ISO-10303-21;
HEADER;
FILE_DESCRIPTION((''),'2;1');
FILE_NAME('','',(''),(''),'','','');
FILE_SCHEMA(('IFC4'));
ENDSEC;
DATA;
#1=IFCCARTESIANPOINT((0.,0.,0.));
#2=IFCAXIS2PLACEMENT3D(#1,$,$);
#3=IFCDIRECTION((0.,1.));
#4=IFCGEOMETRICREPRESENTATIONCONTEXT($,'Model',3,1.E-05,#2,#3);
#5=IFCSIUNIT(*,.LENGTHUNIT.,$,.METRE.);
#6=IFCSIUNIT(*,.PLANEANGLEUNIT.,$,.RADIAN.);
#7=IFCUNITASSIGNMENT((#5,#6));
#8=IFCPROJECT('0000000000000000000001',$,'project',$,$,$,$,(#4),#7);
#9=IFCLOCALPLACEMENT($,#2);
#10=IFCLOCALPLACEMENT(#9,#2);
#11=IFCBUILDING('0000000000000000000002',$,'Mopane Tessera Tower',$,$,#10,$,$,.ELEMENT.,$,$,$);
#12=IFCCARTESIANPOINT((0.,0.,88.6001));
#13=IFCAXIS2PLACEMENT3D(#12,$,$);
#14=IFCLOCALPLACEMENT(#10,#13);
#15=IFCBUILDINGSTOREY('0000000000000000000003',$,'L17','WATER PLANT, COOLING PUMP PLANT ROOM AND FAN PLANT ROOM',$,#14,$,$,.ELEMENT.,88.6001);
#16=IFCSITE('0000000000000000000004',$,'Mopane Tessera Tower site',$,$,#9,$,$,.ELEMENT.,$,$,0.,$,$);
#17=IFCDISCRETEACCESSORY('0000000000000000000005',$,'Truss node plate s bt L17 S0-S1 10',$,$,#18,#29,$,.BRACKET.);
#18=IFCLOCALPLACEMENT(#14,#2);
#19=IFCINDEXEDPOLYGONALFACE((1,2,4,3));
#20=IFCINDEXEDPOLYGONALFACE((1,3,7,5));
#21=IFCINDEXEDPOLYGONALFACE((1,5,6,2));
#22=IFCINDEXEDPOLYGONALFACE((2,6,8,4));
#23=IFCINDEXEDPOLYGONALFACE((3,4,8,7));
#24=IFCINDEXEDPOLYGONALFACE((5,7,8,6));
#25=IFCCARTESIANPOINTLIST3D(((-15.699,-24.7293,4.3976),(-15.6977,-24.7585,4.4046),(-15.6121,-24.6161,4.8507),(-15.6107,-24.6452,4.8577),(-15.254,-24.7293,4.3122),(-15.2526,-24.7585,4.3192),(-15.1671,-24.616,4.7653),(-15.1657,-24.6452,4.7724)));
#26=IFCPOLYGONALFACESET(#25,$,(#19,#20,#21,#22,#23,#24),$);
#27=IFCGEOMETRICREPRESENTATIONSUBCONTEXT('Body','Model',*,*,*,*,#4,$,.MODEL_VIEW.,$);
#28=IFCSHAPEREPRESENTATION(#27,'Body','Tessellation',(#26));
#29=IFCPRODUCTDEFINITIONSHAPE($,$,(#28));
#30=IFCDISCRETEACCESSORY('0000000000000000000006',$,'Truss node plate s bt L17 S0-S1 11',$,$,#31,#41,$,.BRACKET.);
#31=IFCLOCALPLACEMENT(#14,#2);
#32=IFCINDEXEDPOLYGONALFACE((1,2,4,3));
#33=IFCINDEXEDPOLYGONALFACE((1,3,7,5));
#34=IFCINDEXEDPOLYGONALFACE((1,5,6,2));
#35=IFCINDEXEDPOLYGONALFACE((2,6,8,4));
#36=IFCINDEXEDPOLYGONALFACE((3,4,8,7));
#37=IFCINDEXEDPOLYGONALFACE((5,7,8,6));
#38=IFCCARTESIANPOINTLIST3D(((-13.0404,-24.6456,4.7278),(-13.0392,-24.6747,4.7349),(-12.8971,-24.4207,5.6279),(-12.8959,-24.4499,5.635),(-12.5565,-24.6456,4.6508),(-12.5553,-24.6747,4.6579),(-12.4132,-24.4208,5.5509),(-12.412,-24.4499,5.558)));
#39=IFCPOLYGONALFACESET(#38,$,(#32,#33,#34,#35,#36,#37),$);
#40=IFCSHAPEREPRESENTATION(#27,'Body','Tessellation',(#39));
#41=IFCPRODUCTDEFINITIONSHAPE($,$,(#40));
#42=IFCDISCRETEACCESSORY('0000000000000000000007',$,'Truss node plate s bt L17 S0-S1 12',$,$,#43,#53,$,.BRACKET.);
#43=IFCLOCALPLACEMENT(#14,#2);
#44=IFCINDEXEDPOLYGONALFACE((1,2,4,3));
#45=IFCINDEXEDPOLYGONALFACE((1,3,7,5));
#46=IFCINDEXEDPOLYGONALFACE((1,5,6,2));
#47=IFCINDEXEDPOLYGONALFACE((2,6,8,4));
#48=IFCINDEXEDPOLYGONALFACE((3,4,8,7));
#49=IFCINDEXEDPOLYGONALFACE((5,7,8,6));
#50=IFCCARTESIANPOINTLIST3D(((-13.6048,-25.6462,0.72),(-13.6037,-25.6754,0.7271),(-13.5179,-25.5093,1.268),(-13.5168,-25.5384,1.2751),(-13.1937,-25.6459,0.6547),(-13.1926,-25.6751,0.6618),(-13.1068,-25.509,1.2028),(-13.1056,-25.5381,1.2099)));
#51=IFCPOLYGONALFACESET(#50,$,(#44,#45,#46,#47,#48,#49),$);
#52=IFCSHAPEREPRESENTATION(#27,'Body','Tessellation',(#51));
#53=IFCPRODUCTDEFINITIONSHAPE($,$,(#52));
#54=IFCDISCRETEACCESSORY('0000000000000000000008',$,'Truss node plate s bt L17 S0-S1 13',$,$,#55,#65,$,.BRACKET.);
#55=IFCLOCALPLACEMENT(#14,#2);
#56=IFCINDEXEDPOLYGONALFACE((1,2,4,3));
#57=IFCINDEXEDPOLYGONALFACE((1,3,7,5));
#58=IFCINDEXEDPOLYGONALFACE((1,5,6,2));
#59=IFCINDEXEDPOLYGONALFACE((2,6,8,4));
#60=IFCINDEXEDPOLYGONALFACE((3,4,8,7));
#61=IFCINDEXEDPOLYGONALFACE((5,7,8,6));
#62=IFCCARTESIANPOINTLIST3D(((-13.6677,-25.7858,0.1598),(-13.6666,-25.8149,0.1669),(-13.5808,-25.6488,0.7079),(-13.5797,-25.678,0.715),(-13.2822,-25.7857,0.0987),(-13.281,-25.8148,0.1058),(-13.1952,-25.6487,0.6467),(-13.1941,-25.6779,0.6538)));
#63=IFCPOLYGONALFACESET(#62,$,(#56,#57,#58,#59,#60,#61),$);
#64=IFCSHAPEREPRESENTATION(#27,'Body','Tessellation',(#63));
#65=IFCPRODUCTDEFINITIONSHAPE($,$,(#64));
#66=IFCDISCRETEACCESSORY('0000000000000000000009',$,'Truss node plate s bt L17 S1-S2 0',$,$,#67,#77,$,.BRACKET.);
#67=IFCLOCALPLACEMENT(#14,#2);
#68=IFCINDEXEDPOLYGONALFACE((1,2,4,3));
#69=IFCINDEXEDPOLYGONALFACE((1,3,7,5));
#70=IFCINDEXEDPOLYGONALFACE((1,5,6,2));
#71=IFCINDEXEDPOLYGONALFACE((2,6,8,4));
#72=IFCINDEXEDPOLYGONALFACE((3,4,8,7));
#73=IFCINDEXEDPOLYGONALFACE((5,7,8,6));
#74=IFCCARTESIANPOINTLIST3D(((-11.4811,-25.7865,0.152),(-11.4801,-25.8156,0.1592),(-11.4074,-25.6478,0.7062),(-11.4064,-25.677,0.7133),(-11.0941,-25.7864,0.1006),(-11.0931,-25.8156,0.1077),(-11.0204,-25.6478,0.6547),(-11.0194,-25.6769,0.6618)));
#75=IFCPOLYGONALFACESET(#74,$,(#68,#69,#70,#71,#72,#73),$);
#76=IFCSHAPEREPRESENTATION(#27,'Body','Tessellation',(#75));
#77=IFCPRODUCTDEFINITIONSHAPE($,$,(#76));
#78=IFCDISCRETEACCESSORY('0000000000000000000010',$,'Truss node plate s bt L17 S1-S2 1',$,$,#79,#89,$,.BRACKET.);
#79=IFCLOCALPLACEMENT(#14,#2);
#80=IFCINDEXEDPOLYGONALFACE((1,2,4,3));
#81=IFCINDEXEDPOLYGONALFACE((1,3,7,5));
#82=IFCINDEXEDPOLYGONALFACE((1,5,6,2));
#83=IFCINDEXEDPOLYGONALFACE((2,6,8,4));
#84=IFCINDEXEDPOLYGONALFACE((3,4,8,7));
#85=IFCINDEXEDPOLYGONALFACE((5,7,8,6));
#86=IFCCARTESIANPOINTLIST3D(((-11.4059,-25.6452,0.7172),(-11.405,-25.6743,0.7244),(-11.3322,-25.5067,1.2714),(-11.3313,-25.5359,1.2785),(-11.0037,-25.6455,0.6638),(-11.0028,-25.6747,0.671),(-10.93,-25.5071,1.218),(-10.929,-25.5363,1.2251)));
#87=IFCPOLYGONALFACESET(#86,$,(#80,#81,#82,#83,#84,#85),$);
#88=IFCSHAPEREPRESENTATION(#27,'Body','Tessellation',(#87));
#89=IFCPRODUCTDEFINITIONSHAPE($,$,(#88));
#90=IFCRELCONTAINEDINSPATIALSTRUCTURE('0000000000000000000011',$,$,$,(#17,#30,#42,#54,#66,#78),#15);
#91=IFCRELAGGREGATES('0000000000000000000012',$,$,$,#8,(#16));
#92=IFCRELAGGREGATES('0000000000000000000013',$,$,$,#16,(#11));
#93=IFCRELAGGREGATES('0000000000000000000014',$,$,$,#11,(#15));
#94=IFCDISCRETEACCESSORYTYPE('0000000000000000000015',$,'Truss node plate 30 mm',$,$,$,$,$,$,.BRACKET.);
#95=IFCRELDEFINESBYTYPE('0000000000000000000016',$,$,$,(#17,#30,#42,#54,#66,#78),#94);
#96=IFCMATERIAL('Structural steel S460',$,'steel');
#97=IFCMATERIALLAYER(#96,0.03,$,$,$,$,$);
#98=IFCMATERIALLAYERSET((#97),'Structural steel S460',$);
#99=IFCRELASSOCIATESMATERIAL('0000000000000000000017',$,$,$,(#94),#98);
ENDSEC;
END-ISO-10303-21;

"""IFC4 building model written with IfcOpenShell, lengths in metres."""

from ifc_helpers import new_model, si_unit, direction, frame, origin, origin_2d, place, context, subcontext, project, spatial, rectangle, extrude, material, layer, layer_set, type_object, element, save


model = new_model("IFC4")

# Units and contexts
model_context = context("Model", 3, precision=1e-05, world=origin(), true_north=direction((0.0, 1.0)))
body_context = subcontext(model_context, "Body", "Model", "MODEL_VIEW")
ifc_project = project(units=[si_unit("LENGTHUNIT", "METRE"), si_unit("PLANEANGLEUNIT", "RADIAN")], contexts=[model_context])

# Site, building, storey
site_placement = place(None, origin())
site = spatial("IfcSite", under=ifc_project, at=site_placement, Name="Mopane Tessera Tower site", CompositionType="ELEMENT", RefElevation=0.0)
building_placement = place(site_placement, origin())
building = spatial("IfcBuilding", under=site, at=building_placement, Name="Mopane Tessera Tower", CompositionType="ELEMENT")
storey_placement = place(building_placement, frame((0.0, 0.0, 88.6001)))
storey = spatial("IfcBuildingStorey", under=building, at=storey_placement, Name="L17", Description="WATER PLANT, COOLING PUMP PLANT ROOM AND FAN PLANT ROOM", CompositionType="ELEMENT", Elevation=88.6001)

# Discrete accessories
ifc_material_1 = material(Name="Structural steel S460", Category="steel")
ifc_layer_1 = layer(ifc_material_1, 0.03)
ifc_layer_set_1 = layer_set([ifc_layer_1], Name="Structural steel S460")
discrete_accessory_type_1 = type_object("IfcDiscreteAccessoryType", Name="Truss node plate 30 mm", PredefinedType="BRACKET", material=ifc_layer_set_1)
discrete_accessory_1_placement = place(storey_placement, frame((-15.4758, -24.7439, 4.3584), z_axis=(0.182943, 0.238442, 0.95377), x_axis=(-0.045, 0.971157, -0.234158)))
element("IfcDiscreteAccessory", 1, at=discrete_accessory_1_placement, inside=storey, type_object=discrete_accessory_type_1, Name="Truss node plate s bt L17 S0-S1 10", PredefinedType="BRACKET", context=body_context, shape_type="SweptSolid", body=[
    extrude(rectangle(XDim=0.03, YDim=0.4531, at=origin_2d()), origin(), (0.0, 0.0, 1.0), 0.4751),
])
discrete_accessory_2_placement = place(storey_placement, frame((-12.7979, -24.6602, 4.6929), z_axis=(0.152652, 0.23951, 0.958818), x_axis=(-0.037596, 0.970894, -0.23654)))
element("IfcDiscreteAccessory", 2, at=discrete_accessory_2_placement, inside=storey, type_object=discrete_accessory_type_1, Name="Truss node plate s bt L17 S0-S1 11", PredefinedType="BRACKET", context=body_context, shape_type="SweptSolid", body=[
    extrude(rectangle(XDim=0.03, YDim=0.49, at=origin_2d()), origin(), (0.0, 0.0, 1.0), 0.9387),
])
discrete_accessory_3_placement = place(storey_placement, frame((-13.3987, -25.6606, 0.6909), z_axis=(0.152055, 0.239615, 0.958887), x_axis=(-0.038206, 0.970868, -0.23655)))
element("IfcDiscreteAccessory", 3, at=discrete_accessory_3_placement, inside=storey, type_object=discrete_accessory_type_1, Name="Truss node plate s bt L17 S0-S1 12", PredefinedType="BRACKET", context=body_context, shape_type="SweptSolid", body=[
    extrude(rectangle(XDim=0.03, YDim=0.4163, at=origin_2d()), origin(), (0.0, 0.0, 1.0), 0.5715),
])
discrete_accessory_4_placement = place(storey_placement, frame((-13.4744, -25.8003, 0.1328), z_axis=(0.152055, 0.239615, 0.958887), x_axis=(-0.037756, 0.970868, -0.236622)))
element("IfcDiscreteAccessory", 4, at=discrete_accessory_4_placement, inside=storey, type_object=discrete_accessory_type_1, Name="Truss node plate s bt L17 S0-S1 13", PredefinedType="BRACKET", context=body_context, shape_type="SweptSolid", body=[
    extrude(rectangle(XDim=0.03, YDim=0.3904, at=origin_2d()), origin(), (0.0, 0.0, 1.0), 0.5715),
])
discrete_accessory_5_placement = place(storey_placement, frame((-11.2871, -25.801, 0.1299), z_axis=(0.127999, 0.24074, 0.962112), x_axis=(-0.031805, 0.97059, -0.23863)))
element("IfcDiscreteAccessory", 5, at=discrete_accessory_5_placement, inside=storey, type_object=discrete_accessory_type_1, Name="Truss node plate s bt L17 S1-S2 0", PredefinedType="BRACKET", context=body_context, shape_type="SweptSolid", body=[
    extrude(rectangle(XDim=0.03, YDim=0.3904, at=origin_2d()), origin(), (0.0, 0.0, 1.0), 0.5759),
])
discrete_accessory_6_placement = place(storey_placement, frame((-11.2043, -25.6599, 0.6941), z_axis=(0.128012, 0.240341, 0.962211), x_axis=(-0.030761, 0.970688, -0.238366)))
element("IfcDiscreteAccessory", 6, at=discrete_accessory_6_placement, inside=storey, type_object=discrete_accessory_type_1, Name="Truss node plate s bt L17 S1-S2 1", PredefinedType="BRACKET", context=body_context, shape_type="SweptSolid", body=[
    extrude(rectangle(XDim=0.03, YDim=0.4058, at=origin_2d()), origin(), (0.0, 0.0, 1.0), 0.5759),
])

save(model, "model.ifc")
